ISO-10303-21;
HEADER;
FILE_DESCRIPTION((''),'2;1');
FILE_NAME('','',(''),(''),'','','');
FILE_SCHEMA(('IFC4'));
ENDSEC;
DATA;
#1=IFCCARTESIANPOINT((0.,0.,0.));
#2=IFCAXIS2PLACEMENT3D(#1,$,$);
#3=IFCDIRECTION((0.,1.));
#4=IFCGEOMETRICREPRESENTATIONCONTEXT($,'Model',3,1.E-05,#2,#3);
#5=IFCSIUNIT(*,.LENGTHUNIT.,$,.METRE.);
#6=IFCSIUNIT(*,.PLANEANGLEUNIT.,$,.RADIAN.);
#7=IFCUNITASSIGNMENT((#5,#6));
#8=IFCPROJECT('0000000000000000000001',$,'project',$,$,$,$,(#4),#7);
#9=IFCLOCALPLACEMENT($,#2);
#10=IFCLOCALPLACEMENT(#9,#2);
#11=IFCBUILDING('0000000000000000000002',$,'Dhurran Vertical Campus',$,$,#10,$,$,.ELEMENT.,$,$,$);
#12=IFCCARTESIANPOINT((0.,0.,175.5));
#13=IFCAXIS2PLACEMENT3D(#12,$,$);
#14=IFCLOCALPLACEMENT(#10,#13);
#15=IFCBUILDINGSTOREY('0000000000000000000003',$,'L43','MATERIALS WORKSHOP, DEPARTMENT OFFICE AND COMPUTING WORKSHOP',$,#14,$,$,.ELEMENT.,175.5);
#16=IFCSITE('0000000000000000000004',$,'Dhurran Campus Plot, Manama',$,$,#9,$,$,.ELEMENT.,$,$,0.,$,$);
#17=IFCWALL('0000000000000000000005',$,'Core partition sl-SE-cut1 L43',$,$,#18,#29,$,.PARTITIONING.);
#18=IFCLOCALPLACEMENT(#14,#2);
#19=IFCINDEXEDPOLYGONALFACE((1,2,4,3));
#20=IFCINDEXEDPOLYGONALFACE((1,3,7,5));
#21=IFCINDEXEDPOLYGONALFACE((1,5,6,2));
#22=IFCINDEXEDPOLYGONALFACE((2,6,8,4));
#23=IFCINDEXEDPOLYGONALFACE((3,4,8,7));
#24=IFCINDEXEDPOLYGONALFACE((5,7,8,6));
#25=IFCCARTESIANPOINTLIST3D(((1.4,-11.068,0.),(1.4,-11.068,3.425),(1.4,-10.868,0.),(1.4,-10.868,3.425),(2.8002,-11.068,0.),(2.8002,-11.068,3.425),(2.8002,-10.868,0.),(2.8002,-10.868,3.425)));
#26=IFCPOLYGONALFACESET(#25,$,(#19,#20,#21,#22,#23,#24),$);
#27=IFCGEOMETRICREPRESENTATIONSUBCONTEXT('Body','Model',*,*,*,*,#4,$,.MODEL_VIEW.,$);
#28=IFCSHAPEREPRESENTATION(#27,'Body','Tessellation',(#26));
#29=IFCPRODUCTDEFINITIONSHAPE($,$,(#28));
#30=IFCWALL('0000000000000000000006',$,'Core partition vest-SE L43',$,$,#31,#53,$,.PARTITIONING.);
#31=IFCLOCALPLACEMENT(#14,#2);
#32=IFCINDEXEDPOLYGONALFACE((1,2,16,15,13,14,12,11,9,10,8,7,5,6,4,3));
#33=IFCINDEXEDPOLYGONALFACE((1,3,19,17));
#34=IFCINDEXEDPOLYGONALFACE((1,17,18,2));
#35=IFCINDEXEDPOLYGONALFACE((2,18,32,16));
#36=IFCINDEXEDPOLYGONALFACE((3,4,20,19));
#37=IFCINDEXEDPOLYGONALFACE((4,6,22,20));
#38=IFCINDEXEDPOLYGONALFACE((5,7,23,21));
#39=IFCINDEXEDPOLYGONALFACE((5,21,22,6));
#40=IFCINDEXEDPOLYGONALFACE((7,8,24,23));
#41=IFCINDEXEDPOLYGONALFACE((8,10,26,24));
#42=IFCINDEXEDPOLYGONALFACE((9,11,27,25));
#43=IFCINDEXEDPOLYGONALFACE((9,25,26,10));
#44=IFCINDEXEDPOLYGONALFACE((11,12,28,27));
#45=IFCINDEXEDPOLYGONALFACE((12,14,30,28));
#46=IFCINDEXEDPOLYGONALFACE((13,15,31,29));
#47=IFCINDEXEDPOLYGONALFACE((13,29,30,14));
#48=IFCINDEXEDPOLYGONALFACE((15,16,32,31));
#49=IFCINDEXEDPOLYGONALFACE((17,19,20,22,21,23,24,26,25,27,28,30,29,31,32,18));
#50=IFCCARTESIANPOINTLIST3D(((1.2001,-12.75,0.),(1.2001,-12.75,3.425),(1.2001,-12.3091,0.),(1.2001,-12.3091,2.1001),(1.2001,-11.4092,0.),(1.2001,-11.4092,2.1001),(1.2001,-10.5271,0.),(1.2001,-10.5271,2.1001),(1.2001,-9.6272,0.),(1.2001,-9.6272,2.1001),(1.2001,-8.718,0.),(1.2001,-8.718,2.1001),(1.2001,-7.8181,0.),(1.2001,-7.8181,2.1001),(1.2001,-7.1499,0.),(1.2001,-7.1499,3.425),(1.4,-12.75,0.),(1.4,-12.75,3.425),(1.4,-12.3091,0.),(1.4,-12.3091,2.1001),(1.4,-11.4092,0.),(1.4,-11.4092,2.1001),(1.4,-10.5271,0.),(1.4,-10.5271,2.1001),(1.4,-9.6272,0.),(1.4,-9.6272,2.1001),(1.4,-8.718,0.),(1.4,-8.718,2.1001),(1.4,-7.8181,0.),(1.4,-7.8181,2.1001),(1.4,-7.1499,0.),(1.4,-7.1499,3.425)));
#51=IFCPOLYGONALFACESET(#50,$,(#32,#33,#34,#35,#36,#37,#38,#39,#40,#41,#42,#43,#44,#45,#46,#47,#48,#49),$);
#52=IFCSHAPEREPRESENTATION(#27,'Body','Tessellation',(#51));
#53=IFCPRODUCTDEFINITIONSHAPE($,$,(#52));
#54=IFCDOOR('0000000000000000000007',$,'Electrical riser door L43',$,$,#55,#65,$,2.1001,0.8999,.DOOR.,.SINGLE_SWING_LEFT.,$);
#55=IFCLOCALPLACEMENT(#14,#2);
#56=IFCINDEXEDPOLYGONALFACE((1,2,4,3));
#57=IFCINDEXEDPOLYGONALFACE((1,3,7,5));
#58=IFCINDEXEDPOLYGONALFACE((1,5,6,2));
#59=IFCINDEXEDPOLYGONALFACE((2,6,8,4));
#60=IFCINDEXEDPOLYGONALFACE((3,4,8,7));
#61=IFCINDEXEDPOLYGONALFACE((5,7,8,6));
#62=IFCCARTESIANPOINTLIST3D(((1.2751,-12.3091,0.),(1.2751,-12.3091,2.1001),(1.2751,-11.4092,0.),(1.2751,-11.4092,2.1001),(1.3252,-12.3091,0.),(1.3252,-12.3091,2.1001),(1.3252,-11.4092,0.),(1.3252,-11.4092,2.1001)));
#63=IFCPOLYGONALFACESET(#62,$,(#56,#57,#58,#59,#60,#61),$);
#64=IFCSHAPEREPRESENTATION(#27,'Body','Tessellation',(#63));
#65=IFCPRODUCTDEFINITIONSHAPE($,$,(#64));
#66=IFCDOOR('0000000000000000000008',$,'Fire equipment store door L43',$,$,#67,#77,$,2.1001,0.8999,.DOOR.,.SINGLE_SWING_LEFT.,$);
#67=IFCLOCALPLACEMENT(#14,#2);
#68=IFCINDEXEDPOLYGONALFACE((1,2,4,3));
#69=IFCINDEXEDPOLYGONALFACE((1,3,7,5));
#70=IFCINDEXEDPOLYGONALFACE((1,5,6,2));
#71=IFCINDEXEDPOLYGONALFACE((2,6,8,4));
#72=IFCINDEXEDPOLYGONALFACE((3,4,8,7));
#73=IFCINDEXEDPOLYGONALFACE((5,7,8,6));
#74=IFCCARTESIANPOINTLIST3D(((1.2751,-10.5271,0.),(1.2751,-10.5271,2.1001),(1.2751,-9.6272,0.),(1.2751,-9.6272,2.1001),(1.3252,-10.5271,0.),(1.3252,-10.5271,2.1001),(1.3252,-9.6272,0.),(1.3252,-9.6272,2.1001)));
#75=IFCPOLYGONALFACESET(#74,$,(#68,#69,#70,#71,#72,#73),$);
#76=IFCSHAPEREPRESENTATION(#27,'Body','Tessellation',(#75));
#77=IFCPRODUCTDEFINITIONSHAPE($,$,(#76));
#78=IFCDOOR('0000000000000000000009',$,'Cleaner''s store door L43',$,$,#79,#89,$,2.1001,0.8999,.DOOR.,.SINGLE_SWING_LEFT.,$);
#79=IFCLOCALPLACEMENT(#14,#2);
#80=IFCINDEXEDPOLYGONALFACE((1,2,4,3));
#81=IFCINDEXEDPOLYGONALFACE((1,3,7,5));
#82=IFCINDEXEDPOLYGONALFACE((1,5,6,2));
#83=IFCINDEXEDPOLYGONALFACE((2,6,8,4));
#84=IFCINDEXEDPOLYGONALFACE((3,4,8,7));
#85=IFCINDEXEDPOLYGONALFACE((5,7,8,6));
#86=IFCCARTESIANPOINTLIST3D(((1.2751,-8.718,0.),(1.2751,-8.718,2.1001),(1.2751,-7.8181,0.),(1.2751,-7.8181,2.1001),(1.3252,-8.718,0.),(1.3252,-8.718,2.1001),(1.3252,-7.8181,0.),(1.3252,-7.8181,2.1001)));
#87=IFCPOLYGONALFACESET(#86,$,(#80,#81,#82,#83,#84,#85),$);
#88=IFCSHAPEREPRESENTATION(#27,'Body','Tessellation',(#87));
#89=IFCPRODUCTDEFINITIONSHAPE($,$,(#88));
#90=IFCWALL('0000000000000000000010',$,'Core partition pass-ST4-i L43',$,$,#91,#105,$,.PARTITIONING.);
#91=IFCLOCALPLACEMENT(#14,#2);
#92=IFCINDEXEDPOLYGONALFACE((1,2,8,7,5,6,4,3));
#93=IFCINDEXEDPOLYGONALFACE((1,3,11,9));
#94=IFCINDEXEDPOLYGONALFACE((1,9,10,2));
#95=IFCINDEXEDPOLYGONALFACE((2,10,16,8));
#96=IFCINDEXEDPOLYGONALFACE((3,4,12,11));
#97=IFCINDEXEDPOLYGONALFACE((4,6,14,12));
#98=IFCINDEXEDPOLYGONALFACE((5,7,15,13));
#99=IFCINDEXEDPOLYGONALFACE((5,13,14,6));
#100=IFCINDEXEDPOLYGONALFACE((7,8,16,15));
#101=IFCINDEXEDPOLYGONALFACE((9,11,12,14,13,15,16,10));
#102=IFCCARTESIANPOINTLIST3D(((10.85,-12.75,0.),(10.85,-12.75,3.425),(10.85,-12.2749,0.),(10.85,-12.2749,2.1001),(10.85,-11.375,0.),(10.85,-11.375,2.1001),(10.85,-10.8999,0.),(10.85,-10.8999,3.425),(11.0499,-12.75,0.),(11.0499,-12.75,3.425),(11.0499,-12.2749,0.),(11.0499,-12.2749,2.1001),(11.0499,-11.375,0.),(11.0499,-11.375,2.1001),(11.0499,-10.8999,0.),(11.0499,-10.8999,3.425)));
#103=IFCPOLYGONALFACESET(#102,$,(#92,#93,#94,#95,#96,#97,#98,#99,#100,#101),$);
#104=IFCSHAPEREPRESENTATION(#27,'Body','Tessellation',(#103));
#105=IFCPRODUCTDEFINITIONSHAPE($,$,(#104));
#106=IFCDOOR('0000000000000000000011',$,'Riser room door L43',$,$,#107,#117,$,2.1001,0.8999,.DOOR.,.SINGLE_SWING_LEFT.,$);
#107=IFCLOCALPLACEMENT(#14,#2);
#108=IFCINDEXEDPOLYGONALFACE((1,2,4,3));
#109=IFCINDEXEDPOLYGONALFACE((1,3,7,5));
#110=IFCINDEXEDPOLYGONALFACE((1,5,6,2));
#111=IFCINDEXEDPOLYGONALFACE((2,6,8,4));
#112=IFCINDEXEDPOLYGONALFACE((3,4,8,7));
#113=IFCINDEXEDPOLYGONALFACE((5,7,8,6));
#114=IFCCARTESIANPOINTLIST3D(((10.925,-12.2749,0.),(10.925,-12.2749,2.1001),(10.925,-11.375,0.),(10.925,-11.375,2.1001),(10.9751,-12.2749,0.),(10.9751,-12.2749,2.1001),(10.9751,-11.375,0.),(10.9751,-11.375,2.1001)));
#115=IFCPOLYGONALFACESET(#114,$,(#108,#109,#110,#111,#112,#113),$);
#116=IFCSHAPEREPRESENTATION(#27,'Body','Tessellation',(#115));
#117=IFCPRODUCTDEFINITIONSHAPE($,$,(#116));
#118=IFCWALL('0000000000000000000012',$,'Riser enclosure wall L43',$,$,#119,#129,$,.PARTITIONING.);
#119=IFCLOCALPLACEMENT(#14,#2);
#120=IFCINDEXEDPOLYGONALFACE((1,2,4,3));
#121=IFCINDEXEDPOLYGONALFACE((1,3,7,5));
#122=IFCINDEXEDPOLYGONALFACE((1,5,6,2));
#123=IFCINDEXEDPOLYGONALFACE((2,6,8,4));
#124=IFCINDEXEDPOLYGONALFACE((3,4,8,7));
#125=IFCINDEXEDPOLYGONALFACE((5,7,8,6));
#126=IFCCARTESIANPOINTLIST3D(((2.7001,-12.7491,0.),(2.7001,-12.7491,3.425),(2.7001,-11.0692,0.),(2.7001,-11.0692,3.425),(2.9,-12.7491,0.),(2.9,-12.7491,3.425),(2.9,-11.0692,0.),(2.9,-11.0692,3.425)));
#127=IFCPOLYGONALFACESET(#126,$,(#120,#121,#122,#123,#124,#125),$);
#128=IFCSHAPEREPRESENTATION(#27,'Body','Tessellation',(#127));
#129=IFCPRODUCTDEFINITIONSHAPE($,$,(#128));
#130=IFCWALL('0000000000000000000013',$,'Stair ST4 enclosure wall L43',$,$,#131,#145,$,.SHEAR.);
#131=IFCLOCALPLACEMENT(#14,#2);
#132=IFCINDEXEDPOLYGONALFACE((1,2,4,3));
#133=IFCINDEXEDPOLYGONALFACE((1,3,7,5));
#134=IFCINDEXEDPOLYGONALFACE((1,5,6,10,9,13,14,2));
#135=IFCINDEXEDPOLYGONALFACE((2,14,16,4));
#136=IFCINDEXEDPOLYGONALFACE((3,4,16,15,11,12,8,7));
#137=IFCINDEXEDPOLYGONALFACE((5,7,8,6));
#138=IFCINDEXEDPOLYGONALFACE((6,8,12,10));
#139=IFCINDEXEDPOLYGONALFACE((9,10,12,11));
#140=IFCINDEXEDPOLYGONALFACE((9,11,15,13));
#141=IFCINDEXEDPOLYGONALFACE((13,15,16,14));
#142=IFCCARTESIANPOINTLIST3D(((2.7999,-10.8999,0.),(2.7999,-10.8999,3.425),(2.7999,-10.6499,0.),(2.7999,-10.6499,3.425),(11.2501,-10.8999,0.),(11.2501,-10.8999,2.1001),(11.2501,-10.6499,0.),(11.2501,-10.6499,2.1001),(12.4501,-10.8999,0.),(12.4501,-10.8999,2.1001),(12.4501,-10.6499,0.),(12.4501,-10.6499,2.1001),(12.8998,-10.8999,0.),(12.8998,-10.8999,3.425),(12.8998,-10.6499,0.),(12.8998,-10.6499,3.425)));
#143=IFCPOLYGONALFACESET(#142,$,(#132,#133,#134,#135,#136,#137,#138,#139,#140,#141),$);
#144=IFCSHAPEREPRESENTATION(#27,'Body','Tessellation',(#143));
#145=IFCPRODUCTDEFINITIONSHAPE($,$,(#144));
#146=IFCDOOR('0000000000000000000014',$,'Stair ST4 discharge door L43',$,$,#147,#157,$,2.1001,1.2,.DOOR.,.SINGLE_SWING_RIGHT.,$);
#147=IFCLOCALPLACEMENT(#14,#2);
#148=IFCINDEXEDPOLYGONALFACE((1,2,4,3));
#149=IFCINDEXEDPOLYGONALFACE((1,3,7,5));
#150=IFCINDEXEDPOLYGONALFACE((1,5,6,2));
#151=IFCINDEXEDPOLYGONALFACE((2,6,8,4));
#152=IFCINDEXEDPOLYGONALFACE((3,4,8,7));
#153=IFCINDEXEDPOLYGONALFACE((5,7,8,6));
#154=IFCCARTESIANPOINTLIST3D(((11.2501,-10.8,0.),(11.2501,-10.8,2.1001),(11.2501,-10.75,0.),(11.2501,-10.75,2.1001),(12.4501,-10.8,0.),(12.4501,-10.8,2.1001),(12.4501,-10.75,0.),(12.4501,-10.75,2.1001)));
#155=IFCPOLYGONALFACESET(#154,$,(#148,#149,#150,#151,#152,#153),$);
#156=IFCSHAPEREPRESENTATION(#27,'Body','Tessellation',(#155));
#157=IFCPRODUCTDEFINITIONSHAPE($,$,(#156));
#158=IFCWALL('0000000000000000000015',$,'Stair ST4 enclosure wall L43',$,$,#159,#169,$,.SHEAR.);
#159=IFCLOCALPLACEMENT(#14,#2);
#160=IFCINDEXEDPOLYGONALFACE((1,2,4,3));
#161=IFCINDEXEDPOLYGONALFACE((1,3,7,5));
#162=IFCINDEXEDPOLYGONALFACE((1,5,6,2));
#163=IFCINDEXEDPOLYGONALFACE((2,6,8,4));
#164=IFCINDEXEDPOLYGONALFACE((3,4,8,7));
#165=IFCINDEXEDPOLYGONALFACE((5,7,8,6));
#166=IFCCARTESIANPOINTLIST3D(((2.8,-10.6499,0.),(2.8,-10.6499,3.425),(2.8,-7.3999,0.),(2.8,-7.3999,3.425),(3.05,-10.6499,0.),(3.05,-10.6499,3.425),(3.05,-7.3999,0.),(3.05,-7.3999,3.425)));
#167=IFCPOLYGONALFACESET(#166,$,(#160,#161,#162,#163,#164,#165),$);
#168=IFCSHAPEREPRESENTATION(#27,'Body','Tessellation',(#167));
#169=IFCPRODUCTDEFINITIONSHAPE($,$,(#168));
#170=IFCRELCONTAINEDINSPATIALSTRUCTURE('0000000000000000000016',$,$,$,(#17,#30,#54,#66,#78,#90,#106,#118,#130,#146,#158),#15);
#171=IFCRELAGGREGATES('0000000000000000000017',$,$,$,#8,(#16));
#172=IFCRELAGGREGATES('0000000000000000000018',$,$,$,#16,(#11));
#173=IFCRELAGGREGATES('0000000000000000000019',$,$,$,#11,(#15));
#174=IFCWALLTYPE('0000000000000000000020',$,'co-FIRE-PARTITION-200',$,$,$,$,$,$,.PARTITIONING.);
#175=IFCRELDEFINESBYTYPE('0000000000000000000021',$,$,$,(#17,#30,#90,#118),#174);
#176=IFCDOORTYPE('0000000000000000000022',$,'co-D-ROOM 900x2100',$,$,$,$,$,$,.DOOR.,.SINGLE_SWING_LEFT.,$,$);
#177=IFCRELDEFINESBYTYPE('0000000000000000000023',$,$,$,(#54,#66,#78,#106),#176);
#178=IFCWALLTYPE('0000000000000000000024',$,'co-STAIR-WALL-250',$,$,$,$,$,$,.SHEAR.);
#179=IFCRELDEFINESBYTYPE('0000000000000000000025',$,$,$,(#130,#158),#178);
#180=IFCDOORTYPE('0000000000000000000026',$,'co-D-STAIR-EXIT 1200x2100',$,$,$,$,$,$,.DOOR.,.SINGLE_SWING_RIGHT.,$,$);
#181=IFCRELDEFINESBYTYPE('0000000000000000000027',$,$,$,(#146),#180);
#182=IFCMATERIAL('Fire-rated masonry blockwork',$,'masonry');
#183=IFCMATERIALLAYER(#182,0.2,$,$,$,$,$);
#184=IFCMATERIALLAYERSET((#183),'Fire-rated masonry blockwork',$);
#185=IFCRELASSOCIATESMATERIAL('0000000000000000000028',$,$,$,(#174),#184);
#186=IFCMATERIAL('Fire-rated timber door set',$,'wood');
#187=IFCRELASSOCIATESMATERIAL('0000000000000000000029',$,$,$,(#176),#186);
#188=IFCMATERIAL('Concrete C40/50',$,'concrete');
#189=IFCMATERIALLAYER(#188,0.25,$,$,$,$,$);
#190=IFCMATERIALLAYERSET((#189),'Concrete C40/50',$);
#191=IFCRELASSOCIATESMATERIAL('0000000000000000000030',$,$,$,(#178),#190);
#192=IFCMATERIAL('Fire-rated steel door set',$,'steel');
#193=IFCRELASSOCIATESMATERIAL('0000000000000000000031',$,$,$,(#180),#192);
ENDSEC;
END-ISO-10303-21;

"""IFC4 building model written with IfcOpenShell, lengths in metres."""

from ifc_helpers import new_model, si_unit, direction, frame, frame_2d, origin, place, context, subcontext, project, spatial, rectangle, extrude, material, layer, layer_set, type_object, element, fill, save


model = new_model("IFC4")

# Units and contexts
model_context = context("Model", 3, precision=1e-05, world=origin(), true_north=direction((0.0, 1.0)))
body_context = subcontext(model_context, "Body", "Model", "MODEL_VIEW")
ifc_project = project(units=[si_unit("LENGTHUNIT", "METRE"), si_unit("PLANEANGLEUNIT", "RADIAN")], contexts=[model_context])

# Site, building, storey
site_placement = place(None, origin())
site = spatial("IfcSite", under=ifc_project, at=site_placement, Name="Dhurran Campus Plot, Manama", CompositionType="ELEMENT", RefElevation=0.0)
building_placement = place(site_placement, origin())
building = spatial("IfcBuilding", under=site, at=building_placement, Name="Dhurran Vertical Campus", CompositionType="ELEMENT")
storey_placement = place(building_placement, frame((0.0, 0.0, 175.5)))
storey = spatial("IfcBuildingStorey", under=building, at=storey_placement, Name="L43", Description="MATERIALS WORKSHOP, DEPARTMENT OFFICE AND COMPUTING WORKSHOP", CompositionType="ELEMENT", Elevation=175.5)

# Wall
ifc_material_1 = material(Name="Fire-rated masonry blockwork", Category="masonry")
ifc_layer_1 = layer(ifc_material_1, 0.2)
ifc_layer_set_1 = layer_set([ifc_layer_1], Name="Fire-rated masonry blockwork")
wall_type_1 = type_object("IfcWallType", Name="co-FIRE-PARTITION-200", PredefinedType="PARTITIONING", material=ifc_layer_set_1)
wall_1_placement = place(storey_placement, frame((1.3999, -10.968, 0.0), z_axis=(0.0, 0.0, 1.0), x_axis=(1.0, 0.0, 0.0)))
element("IfcWall", 1, at=wall_1_placement, inside=storey, type_object=wall_type_1, Name="Core partition sl-SE-cut1 L43", PredefinedType="PARTITIONING", context=body_context, shape_type="SweptSolid", body=[
    extrude(rectangle(XDim=1.4001, YDim=0.2, at=frame_2d((0.7002, 0.0))), origin(), (0.0, 0.0, 1.0), 3.425),
])

# Wall, openings, doors
wall_2_placement = place(storey_placement, frame((1.3, -12.75, 0.0), z_axis=(0.0, 0.0, 1.0), x_axis=(0.0, 1.0, 0.0)))
wall_2 = element("IfcWall", 2, at=wall_2_placement, inside=storey, type_object=wall_type_1, Name="Core partition vest-SE L43", PredefinedType="PARTITIONING", context=body_context, shape_type="SweptSolid", body=[
    extrude(rectangle(XDim=5.6001, YDim=0.2, at=frame_2d((2.8, 0.0))), origin(), (0.0, 0.0, 1.0), 3.425),
])
opening_1_placement = place(wall_2_placement, frame((0.4409, 0.0, 0.0)))
opening_1 = element("IfcOpeningElement", 3, at=opening_1_placement, cuts=wall_2, PredefinedType="OPENING", context=body_context, shape_type="SweptSolid", body=[
    extrude(rectangle(XDim=0.8999, YDim=2.1001, at=frame_2d((0.45, 1.05))), frame((0.0, 0.1099, 0.0), z_axis=(0.0, -1.0, 0.0), x_axis=(1.0, 0.0, 0.0)), (0.0, 0.0, 1.0), 0.22),
])
opening_2_placement = place(wall_2_placement, frame((2.2229, 0.0, 0.0)))
opening_2 = element("IfcOpeningElement", 4, at=opening_2_placement, cuts=wall_2, PredefinedType="OPENING", context=body_context, shape_type="SweptSolid", body=[
    extrude(rectangle(XDim=0.8999, YDim=2.1001, at=frame_2d((0.45, 1.05))), frame((0.0, 0.1099, 0.0), z_axis=(0.0, -1.0, 0.0), x_axis=(1.0, 0.0, 0.0)), (0.0, 0.0, 1.0), 0.22),
])
opening_3_placement = place(wall_2_placement, frame((4.032, 0.0, 0.0)))
opening_3 = element("IfcOpeningElement", 5, at=opening_3_placement, cuts=wall_2, PredefinedType="OPENING", context=body_context, shape_type="SweptSolid", body=[
    extrude(rectangle(XDim=0.8999, YDim=2.1001, at=frame_2d((0.45, 1.05))), frame((0.0, 0.1099, 0.0), z_axis=(0.0, -1.0, 0.0), x_axis=(1.0, 0.0, 0.0)), (0.0, 0.0, 1.0), 0.22),
])
ifc_material_2 = material(Name="Fire-rated timber door set", Category="wood")
door_type_1 = type_object("IfcDoorType", Name="co-D-ROOM 900x2100", OperationType="SINGLE_SWING_LEFT", PredefinedType="DOOR", material=ifc_material_2)
door_1_placement = place(opening_1_placement, origin())
door_1 = element("IfcDoor", 6, at=door_1_placement, inside=storey, type_object=door_type_1, Name="Electrical riser door L43", OperationType="SINGLE_SWING_LEFT", OverallHeight=2.1001, OverallWidth=0.8999, PredefinedType="DOOR", context=body_context, shape_type="SweptSolid", body=[
    extrude(rectangle(XDim=0.8999, YDim=2.1001, at=frame_2d((0.45, 1.05))), frame((0.0, 0.0249, 0.0), z_axis=(0.0, -1.0, 0.0), x_axis=(1.0, 0.0, 0.0)), (0.0, 0.0, 1.0), 0.05),
])
fill(opening_1, door_1)
door_2_placement = place(opening_2_placement, origin())
door_2 = element("IfcDoor", 7, at=door_2_placement, inside=storey, type_object=door_type_1, Name="Fire equipment store door L43", OperationType="SINGLE_SWING_LEFT", OverallHeight=2.1001, OverallWidth=0.8999, PredefinedType="DOOR", context=body_context, shape_type="SweptSolid", body=[
    extrude(rectangle(XDim=0.8999, YDim=2.1001, at=frame_2d((0.45, 1.05))), frame((0.0, 0.0249, 0.0), z_axis=(0.0, -1.0, 0.0), x_axis=(1.0, 0.0, 0.0)), (0.0, 0.0, 1.0), 0.05),
])
fill(opening_2, door_2)
door_3_placement = place(opening_3_placement, origin())
door_3 = element("IfcDoor", 8, at=door_3_placement, inside=storey, type_object=door_type_1, Name="Cleaner's store door L43", OperationType="SINGLE_SWING_LEFT", OverallHeight=2.1001, OverallWidth=0.8999, PredefinedType="DOOR", context=body_context, shape_type="SweptSolid", body=[
    extrude(rectangle(XDim=0.8999, YDim=2.1001, at=frame_2d((0.45, 1.05))), frame((0.0, 0.0249, 0.0), z_axis=(0.0, -1.0, 0.0), x_axis=(1.0, 0.0, 0.0)), (0.0, 0.0, 1.0), 0.05),
])
fill(opening_3, door_3)

# Wall, opening, door
wall_3_placement = place(storey_placement, frame((10.95, -12.75, 0.0), z_axis=(0.0, 0.0, 1.0), x_axis=(0.0, 1.0, 0.0)))
wall_3 = element("IfcWall", 9, at=wall_3_placement, inside=storey, type_object=wall_type_1, Name="Core partition pass-ST4-i L43", PredefinedType="PARTITIONING", context=body_context, shape_type="SweptSolid", body=[
    extrude(rectangle(XDim=1.8501, YDim=0.2, at=frame_2d((0.925, 0.0))), origin(), (0.0, 0.0, 1.0), 3.425),
])
opening_4_placement = place(wall_3_placement, frame((0.4751, 0.0, 0.0)))
opening_4 = element("IfcOpeningElement", 10, at=opening_4_placement, cuts=wall_3, PredefinedType="OPENING", context=body_context, shape_type="SweptSolid", body=[
    extrude(rectangle(XDim=0.8999, YDim=2.1001, at=frame_2d((0.45, 1.05))), frame((0.0, 0.1099, 0.0), z_axis=(0.0, -1.0, 0.0), x_axis=(1.0, 0.0, 0.0)), (0.0, 0.0, 1.0), 0.22),
])
door_4_placement = place(opening_4_placement, origin())
door_4 = element("IfcDoor", 11, at=door_4_placement, inside=storey, type_object=door_type_1, Name="Riser room door L43", OperationType="SINGLE_SWING_LEFT", OverallHeight=2.1001, OverallWidth=0.8999, PredefinedType="DOOR", context=body_context, shape_type="SweptSolid", body=[
    extrude(rectangle(XDim=0.8999, YDim=2.1001, at=frame_2d((0.45, 1.05))), frame((0.0, 0.0249, 0.0), z_axis=(0.0, -1.0, 0.0), x_axis=(1.0, 0.0, 0.0)), (0.0, 0.0, 1.0), 0.05),
])
fill(opening_4, door_4)

# Wall
wall_4_placement = place(storey_placement, frame((2.8, -12.749, 0.0), z_axis=(0.0, 0.0, 1.0), x_axis=(0.0, 1.0, 0.0)))
element("IfcWall", 12, at=wall_4_placement, inside=storey, type_object=wall_type_1, Name="Riser enclosure wall L43", PredefinedType="PARTITIONING", context=body_context, shape_type="SweptSolid", body=[
    extrude(rectangle(XDim=1.6799, YDim=0.2, at=frame_2d((0.8398, 0.0))), origin(), (0.0, 0.0, 1.0), 3.425),
])

# Wall, opening, door
ifc_material_3 = material(Name="Concrete C40/50", Category="concrete")
ifc_layer_2 = layer(ifc_material_3, 0.25)
ifc_layer_set_2 = layer_set([ifc_layer_2], Name="Concrete C40/50")
wall_type_2 = type_object("IfcWallType", Name="co-STAIR-WALL-250", PredefinedType="SHEAR", material=ifc_layer_set_2)
wall_5_placement = place(storey_placement, frame((2.8, -10.7749, 0.0), z_axis=(0.0, 0.0, 1.0), x_axis=(1.0, 0.0, 0.0)))
wall_5 = element("IfcWall", 13, at=wall_5_placement, inside=storey, type_object=wall_type_2, Name="Stair ST4 enclosure wall L43", PredefinedType="SHEAR", context=body_context, shape_type="SweptSolid", body=[
    extrude(rectangle(XDim=10.0999, YDim=0.25, at=frame_2d((5.0498, 0.0))), origin(), (0.0, 0.0, 1.0), 3.425),
])
opening_5_placement = place(wall_5_placement, frame((8.45, 0.0, 0.0)))
opening_5 = element("IfcOpeningElement", 14, at=opening_5_placement, cuts=wall_5, PredefinedType="OPENING", context=body_context, shape_type="SweptSolid", body=[
    extrude(rectangle(XDim=1.2, YDim=2.1001, at=frame_2d((0.6001, 1.05))), frame((0.0, 0.135, 0.0), z_axis=(0.0, -1.0, 0.0), x_axis=(1.0, 0.0, 0.0)), (0.0, 0.0, 1.0), 0.27),
])
ifc_material_4 = material(Name="Fire-rated steel door set", Category="steel")
door_type_2 = type_object("IfcDoorType", Name="co-D-STAIR-EXIT 1200x2100", OperationType="SINGLE_SWING_RIGHT", PredefinedType="DOOR", material=ifc_material_4)
door_5_placement = place(opening_5_placement, origin())
door_5 = element("IfcDoor", 15, at=door_5_placement, inside=storey, type_object=door_type_2, Name="Stair ST4 discharge door L43", OperationType="SINGLE_SWING_RIGHT", OverallHeight=2.1001, OverallWidth=1.2, PredefinedType="DOOR", context=body_context, shape_type="SweptSolid", body=[
    extrude(rectangle(XDim=1.2, YDim=2.1001, at=frame_2d((0.6001, 1.05))), frame((0.0, 0.0249, 0.0), z_axis=(0.0, -1.0, 0.0), x_axis=(1.0, 0.0, 0.0)), (0.0, 0.0, 1.0), 0.05),
])
fill(opening_5, door_5)

# Wall
wall_6_placement = place(storey_placement, frame((2.925, -10.6499, 0.0), z_axis=(0.0, 0.0, 1.0), x_axis=(0.0, 1.0, 0.0)))
element("IfcWall", 16, at=wall_6_placement, inside=storey, type_object=wall_type_2, Name="Stair ST4 enclosure wall L43", PredefinedType="SHEAR", context=body_context, shape_type="SweptSolid", body=[
    extrude(rectangle(XDim=3.25, YDim=0.25, at=frame_2d((1.625, 0.0))), origin(), (0.0, 0.0, 1.0), 3.425),
])

save(model, "model.ifc")
